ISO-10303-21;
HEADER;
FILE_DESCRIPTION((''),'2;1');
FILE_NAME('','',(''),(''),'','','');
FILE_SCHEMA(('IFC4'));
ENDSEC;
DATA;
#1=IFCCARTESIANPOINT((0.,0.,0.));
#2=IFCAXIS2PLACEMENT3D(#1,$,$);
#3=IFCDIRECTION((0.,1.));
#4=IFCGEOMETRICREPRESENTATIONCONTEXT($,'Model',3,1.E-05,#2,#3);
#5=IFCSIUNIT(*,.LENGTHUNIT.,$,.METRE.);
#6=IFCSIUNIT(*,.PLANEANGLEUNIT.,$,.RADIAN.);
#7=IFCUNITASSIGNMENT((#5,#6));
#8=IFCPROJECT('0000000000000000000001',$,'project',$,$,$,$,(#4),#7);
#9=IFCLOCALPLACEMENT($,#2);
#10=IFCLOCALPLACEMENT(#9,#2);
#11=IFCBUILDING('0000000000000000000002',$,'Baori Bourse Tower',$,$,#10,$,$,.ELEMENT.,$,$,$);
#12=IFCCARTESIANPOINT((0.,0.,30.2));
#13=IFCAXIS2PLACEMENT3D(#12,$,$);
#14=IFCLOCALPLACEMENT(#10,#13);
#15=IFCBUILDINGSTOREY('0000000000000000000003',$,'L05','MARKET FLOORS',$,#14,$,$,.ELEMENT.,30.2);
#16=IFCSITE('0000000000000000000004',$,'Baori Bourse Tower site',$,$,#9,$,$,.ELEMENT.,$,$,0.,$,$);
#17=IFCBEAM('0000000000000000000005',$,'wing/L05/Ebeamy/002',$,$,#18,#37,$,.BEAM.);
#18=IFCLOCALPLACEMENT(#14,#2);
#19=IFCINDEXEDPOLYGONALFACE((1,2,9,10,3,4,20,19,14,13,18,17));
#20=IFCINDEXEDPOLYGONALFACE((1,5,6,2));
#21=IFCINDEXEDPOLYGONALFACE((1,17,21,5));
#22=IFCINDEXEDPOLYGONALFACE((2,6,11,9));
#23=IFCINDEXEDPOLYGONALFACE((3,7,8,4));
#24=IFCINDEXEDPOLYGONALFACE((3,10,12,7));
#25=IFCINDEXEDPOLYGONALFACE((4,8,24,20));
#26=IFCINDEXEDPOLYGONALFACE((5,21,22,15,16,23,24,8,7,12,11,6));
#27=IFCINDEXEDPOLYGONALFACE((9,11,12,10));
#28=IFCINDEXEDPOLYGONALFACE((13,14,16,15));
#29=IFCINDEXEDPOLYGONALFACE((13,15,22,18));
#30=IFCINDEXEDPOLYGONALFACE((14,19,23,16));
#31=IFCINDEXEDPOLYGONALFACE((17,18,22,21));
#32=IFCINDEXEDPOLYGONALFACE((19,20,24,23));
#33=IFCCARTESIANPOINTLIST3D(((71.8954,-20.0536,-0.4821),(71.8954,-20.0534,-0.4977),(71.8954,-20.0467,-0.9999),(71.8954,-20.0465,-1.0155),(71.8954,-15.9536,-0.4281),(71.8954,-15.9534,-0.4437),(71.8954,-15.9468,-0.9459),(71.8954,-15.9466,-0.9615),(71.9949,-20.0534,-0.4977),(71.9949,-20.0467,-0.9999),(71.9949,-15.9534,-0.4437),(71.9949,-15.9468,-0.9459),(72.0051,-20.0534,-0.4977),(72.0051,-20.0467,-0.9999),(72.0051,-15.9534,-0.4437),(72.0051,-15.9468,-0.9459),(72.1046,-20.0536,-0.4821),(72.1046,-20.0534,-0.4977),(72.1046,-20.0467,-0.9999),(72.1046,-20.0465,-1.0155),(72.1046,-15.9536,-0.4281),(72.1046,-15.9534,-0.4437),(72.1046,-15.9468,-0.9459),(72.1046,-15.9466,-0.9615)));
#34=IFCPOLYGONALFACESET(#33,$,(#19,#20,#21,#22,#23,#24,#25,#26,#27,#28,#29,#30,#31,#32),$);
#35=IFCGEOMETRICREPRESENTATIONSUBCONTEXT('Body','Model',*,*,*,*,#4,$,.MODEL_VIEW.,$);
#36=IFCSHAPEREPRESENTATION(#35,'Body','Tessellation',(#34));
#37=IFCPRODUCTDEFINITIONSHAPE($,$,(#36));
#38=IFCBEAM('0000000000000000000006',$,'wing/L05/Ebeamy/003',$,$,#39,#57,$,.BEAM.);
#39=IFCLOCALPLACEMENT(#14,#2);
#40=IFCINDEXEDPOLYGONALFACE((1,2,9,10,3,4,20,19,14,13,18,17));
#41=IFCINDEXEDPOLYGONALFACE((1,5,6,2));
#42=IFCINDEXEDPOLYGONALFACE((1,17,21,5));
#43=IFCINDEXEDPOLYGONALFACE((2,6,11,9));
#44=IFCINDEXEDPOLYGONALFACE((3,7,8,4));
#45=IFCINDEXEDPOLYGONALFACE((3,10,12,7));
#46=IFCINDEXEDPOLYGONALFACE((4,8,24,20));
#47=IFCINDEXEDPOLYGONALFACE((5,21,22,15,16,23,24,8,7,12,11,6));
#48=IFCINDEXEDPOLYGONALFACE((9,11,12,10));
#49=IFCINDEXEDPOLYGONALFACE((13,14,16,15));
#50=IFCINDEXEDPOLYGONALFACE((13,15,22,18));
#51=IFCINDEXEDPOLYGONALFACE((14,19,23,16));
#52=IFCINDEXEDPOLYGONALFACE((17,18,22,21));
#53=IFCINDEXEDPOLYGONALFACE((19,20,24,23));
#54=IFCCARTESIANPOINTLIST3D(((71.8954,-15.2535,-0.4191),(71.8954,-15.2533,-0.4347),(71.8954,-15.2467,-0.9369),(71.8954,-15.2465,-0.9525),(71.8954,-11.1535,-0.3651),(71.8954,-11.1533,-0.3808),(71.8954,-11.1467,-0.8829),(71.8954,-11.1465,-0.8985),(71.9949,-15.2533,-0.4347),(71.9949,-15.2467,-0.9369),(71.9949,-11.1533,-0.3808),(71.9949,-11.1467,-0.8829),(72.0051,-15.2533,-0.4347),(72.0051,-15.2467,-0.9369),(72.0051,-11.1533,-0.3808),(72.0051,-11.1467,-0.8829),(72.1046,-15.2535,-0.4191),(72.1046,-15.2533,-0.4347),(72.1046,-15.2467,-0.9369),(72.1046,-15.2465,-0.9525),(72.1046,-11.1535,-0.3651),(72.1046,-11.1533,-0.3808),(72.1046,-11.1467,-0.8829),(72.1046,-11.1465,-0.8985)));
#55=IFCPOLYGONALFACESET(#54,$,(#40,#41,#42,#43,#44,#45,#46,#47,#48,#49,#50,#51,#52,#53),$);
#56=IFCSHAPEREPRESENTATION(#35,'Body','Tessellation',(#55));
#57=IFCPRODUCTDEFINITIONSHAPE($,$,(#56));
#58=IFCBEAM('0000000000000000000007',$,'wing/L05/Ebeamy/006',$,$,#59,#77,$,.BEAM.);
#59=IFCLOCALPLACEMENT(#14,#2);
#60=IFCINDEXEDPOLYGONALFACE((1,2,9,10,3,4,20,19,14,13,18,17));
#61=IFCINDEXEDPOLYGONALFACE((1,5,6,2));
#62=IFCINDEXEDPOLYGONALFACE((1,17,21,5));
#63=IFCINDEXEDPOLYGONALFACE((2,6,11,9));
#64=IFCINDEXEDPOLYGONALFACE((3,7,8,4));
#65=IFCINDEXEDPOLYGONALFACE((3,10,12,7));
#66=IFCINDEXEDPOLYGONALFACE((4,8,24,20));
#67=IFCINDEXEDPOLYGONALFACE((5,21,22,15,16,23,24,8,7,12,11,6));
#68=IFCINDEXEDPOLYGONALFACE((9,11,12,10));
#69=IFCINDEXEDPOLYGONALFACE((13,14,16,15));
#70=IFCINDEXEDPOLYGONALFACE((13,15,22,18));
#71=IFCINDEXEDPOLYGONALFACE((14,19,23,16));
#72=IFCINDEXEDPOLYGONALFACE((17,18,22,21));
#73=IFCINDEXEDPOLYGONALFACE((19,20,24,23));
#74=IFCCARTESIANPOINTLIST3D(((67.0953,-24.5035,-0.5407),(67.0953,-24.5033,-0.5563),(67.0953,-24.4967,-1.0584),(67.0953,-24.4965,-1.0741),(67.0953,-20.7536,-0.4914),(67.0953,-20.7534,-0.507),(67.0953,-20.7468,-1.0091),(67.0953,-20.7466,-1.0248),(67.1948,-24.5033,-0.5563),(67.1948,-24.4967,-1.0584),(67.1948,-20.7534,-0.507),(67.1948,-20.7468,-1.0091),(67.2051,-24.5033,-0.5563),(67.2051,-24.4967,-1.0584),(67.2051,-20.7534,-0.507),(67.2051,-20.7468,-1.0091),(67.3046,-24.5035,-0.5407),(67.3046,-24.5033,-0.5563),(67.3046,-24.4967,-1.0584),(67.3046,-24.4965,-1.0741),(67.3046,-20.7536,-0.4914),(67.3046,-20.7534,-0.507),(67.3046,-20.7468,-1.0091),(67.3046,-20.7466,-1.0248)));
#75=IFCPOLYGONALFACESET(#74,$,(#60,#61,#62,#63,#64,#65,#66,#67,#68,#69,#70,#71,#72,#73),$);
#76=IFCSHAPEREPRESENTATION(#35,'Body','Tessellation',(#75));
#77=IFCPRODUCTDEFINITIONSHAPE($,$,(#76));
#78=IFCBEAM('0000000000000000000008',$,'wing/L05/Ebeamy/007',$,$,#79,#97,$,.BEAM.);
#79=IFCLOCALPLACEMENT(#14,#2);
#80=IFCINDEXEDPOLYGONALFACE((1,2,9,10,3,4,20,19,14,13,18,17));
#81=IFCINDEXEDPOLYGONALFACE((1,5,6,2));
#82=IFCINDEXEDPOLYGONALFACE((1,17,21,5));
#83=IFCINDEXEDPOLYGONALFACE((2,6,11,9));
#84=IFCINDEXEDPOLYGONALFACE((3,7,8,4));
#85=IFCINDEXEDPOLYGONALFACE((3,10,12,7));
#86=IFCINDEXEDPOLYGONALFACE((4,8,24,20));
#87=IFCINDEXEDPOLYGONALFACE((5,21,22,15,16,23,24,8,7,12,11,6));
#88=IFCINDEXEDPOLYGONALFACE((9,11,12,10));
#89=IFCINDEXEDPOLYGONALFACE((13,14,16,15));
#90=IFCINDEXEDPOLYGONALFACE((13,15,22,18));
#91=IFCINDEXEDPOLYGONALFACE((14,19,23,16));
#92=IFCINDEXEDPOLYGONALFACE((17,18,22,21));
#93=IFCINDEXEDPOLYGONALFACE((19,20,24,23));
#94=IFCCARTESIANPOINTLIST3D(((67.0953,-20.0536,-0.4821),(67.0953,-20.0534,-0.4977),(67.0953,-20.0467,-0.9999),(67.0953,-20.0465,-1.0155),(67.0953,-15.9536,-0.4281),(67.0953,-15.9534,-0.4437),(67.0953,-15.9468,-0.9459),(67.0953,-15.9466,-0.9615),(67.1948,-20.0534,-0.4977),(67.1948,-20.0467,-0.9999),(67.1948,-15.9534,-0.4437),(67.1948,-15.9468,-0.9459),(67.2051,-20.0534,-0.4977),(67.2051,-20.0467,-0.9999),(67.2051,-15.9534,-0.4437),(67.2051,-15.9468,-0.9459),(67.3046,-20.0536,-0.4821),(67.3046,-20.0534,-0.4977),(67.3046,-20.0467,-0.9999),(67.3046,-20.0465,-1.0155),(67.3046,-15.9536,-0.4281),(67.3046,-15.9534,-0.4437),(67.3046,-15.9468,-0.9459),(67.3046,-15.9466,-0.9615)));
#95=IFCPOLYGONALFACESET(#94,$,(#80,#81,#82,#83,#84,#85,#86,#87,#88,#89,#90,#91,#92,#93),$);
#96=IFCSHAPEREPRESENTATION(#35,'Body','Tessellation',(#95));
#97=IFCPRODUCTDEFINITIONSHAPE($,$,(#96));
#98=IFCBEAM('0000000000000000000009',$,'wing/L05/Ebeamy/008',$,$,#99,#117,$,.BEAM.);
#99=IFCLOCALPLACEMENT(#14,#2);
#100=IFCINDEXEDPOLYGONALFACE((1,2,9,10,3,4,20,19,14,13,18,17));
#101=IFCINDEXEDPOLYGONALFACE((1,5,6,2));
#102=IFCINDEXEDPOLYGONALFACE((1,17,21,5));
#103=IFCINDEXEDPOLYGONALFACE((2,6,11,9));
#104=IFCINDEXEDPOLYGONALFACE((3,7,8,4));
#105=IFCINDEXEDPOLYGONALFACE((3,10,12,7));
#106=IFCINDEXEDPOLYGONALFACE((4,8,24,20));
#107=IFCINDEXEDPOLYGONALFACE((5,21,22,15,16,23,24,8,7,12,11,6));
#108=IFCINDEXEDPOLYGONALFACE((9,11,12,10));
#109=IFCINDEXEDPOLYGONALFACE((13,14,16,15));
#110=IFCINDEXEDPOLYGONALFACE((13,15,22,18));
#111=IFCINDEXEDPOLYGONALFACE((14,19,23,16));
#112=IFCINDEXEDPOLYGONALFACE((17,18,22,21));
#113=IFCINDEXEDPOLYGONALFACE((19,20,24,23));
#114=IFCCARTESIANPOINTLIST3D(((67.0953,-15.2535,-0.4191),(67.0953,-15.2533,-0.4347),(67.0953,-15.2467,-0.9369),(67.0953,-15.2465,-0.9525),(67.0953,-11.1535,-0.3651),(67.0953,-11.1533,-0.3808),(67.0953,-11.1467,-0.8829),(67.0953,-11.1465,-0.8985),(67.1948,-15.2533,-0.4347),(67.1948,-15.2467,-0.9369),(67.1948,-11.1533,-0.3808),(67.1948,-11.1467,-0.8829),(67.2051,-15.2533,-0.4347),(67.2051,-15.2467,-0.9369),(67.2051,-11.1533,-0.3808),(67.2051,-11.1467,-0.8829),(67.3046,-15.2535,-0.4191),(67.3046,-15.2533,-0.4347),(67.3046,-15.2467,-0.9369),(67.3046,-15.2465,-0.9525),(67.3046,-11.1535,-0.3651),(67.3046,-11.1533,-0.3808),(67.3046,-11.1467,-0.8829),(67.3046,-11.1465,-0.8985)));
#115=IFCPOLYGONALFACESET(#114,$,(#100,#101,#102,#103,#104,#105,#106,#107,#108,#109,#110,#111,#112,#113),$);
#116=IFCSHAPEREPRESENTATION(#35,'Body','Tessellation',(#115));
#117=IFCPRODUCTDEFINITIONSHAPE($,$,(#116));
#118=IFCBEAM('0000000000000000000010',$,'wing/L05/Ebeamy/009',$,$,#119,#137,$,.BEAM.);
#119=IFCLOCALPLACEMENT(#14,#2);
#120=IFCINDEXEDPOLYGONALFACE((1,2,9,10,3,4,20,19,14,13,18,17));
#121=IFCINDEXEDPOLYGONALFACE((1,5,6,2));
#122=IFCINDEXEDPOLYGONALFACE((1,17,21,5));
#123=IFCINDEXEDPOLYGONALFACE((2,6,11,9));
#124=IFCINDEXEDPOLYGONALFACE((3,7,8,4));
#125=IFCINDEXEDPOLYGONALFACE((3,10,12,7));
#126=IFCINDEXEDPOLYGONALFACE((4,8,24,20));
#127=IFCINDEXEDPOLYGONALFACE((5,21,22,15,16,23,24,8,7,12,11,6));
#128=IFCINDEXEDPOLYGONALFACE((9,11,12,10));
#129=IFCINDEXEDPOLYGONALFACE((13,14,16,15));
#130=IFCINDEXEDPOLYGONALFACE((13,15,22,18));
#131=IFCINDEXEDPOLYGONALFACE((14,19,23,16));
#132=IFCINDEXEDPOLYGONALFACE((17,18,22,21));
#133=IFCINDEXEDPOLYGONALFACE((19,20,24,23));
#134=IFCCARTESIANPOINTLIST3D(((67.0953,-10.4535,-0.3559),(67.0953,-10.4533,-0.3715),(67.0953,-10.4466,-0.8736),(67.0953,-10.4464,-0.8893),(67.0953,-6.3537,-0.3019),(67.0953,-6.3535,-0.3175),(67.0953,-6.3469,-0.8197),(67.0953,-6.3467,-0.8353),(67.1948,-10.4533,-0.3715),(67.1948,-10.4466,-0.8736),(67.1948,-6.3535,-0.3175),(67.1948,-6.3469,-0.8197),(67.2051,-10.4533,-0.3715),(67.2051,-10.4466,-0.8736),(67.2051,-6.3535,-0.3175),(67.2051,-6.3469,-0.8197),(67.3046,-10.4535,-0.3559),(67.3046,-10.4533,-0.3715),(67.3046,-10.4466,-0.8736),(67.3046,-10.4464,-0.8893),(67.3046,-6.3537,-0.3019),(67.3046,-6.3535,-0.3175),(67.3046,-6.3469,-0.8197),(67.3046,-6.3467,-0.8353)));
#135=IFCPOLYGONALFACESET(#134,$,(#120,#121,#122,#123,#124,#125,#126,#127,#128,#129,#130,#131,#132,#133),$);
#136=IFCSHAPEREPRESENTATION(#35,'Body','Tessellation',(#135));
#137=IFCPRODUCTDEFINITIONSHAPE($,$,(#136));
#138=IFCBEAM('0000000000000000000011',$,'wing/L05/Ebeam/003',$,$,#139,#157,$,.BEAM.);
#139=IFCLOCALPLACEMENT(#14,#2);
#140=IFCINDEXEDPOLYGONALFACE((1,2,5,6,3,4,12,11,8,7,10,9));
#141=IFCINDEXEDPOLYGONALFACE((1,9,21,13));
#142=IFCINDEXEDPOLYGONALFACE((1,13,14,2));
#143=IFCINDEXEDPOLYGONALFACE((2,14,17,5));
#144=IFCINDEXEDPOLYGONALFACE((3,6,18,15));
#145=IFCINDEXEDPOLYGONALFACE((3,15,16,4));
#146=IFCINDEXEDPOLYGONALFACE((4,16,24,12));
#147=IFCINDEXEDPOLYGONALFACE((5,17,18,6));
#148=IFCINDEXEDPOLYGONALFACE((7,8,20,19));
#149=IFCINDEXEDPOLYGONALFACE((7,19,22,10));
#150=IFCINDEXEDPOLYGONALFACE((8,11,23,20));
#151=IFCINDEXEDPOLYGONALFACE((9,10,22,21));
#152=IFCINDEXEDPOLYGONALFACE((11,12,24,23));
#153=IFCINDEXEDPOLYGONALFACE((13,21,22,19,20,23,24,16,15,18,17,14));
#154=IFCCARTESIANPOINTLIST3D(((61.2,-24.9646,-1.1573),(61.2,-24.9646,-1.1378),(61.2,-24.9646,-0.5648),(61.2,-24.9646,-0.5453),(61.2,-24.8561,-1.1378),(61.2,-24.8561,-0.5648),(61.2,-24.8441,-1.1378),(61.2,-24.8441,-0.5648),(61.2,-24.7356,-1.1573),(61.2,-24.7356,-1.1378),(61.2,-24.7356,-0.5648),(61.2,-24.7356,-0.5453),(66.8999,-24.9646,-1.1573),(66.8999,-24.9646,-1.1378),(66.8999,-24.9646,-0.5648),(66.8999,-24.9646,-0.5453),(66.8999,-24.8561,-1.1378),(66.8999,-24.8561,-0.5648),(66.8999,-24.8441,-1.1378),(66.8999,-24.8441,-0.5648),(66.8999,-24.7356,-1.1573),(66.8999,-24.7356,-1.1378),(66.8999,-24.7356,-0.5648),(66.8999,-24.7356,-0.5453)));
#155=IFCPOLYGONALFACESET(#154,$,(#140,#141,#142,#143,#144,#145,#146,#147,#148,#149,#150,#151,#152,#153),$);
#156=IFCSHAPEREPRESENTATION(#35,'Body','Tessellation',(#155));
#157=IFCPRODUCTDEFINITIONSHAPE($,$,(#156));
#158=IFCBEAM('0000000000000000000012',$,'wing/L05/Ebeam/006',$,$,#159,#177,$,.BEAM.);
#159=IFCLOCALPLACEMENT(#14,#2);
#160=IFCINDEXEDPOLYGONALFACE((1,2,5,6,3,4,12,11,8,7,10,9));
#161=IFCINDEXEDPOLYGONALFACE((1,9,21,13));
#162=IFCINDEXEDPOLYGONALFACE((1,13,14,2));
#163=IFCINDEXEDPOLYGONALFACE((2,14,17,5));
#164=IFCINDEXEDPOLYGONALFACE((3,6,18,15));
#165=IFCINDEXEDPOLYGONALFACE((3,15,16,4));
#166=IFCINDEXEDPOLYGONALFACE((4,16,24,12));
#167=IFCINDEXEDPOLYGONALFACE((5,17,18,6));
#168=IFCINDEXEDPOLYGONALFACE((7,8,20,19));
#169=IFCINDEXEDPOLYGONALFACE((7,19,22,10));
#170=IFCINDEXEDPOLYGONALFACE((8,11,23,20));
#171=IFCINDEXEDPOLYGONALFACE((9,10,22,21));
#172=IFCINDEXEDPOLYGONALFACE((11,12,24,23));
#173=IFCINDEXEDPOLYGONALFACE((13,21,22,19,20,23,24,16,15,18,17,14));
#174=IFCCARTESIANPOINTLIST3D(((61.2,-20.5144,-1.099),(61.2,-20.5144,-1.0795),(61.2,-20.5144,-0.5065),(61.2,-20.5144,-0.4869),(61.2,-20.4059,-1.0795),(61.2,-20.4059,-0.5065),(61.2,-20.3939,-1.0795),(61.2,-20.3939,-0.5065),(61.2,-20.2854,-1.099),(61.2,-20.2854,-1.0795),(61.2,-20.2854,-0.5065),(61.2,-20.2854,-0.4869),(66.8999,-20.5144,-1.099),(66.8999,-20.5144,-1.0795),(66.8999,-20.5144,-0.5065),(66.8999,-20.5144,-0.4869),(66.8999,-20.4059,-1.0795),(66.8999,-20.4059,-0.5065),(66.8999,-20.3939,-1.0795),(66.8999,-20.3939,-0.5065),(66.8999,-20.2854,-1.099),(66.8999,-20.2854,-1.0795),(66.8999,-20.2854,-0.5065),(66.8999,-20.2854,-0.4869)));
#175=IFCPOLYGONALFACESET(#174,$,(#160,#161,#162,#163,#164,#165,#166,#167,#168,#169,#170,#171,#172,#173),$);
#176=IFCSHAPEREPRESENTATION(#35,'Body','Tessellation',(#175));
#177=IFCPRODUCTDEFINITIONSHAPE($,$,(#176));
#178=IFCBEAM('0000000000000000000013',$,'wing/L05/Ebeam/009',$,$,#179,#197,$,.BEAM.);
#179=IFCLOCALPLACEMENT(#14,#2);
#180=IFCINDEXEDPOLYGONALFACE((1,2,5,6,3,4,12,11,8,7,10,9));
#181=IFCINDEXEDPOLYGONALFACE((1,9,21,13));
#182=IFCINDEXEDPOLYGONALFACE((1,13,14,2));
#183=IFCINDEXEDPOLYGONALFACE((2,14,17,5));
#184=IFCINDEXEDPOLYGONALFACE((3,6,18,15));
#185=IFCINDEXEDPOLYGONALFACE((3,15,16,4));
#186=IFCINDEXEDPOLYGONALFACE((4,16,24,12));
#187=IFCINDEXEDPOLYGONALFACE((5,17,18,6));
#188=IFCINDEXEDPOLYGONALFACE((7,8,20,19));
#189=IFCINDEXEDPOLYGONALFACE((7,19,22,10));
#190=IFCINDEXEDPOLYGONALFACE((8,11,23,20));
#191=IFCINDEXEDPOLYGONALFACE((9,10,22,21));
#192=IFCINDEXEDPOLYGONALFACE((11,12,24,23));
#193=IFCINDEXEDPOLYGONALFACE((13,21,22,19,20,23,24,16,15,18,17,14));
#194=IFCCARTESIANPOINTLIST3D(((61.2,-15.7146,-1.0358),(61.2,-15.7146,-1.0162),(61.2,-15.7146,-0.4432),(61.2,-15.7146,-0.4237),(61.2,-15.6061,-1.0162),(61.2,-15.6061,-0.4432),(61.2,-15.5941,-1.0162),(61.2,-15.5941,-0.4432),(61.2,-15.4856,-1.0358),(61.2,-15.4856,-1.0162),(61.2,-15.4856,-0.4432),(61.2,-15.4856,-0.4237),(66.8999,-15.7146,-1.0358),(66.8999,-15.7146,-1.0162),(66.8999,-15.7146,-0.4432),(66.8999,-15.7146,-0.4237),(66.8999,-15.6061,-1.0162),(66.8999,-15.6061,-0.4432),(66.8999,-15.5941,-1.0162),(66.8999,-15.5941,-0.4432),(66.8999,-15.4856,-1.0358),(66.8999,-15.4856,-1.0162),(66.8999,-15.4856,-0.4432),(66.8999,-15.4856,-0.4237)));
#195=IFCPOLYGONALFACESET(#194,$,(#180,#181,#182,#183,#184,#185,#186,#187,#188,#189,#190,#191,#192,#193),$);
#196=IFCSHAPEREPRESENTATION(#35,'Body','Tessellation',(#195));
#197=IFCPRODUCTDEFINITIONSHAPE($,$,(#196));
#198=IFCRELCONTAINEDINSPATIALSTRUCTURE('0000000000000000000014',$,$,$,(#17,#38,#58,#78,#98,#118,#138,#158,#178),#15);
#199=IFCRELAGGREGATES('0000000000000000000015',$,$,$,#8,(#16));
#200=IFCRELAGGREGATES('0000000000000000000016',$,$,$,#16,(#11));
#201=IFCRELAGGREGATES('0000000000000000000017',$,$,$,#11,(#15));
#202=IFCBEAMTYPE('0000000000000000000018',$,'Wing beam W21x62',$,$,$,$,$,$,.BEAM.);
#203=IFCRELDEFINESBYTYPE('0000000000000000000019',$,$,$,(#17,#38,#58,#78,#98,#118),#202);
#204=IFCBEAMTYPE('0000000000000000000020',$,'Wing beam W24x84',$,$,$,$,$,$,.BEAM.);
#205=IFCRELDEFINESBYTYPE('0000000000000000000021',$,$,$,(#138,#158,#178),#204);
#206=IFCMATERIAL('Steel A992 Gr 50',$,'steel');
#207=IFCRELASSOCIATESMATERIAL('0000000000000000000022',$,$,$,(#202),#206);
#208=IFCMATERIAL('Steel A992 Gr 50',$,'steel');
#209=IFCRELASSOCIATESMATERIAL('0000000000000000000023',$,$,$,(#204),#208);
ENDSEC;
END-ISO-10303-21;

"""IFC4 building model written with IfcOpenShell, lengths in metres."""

from ifc_helpers import new_model, si_unit, direction, frame, origin, origin_2d, place, context, subcontext, project, spatial, i_section, extrude, material, material_profile, profile_set, type_object, element, save


model = new_model("IFC4")

# Units and contexts
model_context = context("Model", 3, precision=1e-05, world=origin(), true_north=direction((0.0, 1.0)))
body_context = subcontext(model_context, "Body", "Model", "MODEL_VIEW")
ifc_project = project(units=[si_unit("LENGTHUNIT", "METRE"), si_unit("PLANEANGLEUNIT", "RADIAN")], contexts=[model_context])

# Site, building, storey
site_placement = place(None, origin())
site = spatial("IfcSite", under=ifc_project, at=site_placement, Name="Baori Bourse Tower site", CompositionType="ELEMENT", RefElevation=0.0)
building_placement = place(site_placement, origin())
building = spatial("IfcBuilding", under=site, at=building_placement, Name="Baori Bourse Tower", CompositionType="ELEMENT")
storey_placement = place(building_placement, frame((0.0, 0.0, 30.2)))
storey = spatial("IfcBuildingStorey", under=building, at=storey_placement, Name="L05", Description="MARKET FLOORS", CompositionType="ELEMENT", Elevation=30.2)

# Beams
ifc_material_1 = material(Name="Steel A992 Gr 50", Category="steel")
ifc_material_profile_1 = material_profile(ifc_material_1, i_section(OverallWidth=0.2092, OverallDepth=0.5334, WebThickness=0.0103, FlangeThickness=0.0156, at=origin_2d()), Name="W21x62")
ifc_profile_set_1 = profile_set([ifc_material_profile_1], Name="Steel A992 Gr 50")
beam_type_1 = type_object("IfcBeamType", Name="Wing beam W21x62", PredefinedType="BEAM", material=ifc_profile_set_1)
for number, where, z_axis, x_axis, name in (
    (1, (72.0, -20.05, -0.7488), (0.0, 0.999913, 0.013158), (-1.0, 0.0, 0.0), "wing/L05/Ebeamy/002"),
    (2, (72.0, -15.25, -0.6858), (0.0, 0.999913, 0.013158), (-1.0, 0.0, 0.0), "wing/L05/Ebeamy/003"),
):
    element("IfcBeam", number, at=place(storey_placement, frame(where, z_axis=z_axis, x_axis=x_axis)), inside=storey, type_object=beam_type_1, Name=name, PredefinedType="BEAM", context=body_context, shape_type="SweptSolid", body=[
        extrude(i_section(OverallWidth=0.2092, OverallDepth=0.5334, WebThickness=0.0103, FlangeThickness=0.0156, at=origin_2d()), origin(), (0.0, 0.0, 1.0), 4.1003),
    ])
beam_1_placement = place(storey_placement, frame((67.2, -24.5, -0.8074), z_axis=(0.0, 0.999914, 0.01315), x_axis=(-1.0, 0.0, 0.0)))
element("IfcBeam", 3, at=beam_1_placement, inside=storey, type_object=beam_type_1, Name="wing/L05/Ebeamy/006", PredefinedType="BEAM", context=body_context, shape_type="SweptSolid", body=[
    extrude(i_section(OverallWidth=0.2092, OverallDepth=0.5334, WebThickness=0.0103, FlangeThickness=0.0156, at=origin_2d()), origin(), (0.0, 0.0, 1.0), 3.7502),
])
for number, where, z_axis, x_axis, name in (
    (4, (67.2, -20.05, -0.7488), (0.0, 0.999913, 0.013158), (-1.0, 0.0, 0.0), "wing/L05/Ebeamy/007"),
    (5, (67.2, -15.25, -0.6858), (0.0, 0.999913, 0.013158), (-1.0, 0.0, 0.0), "wing/L05/Ebeamy/008"),
):
    element("IfcBeam", number, at=place(storey_placement, frame(where, z_axis=z_axis, x_axis=x_axis)), inside=storey, type_object=beam_type_1, Name=name, PredefinedType="BEAM", context=body_context, shape_type="SweptSolid", body=[
        extrude(i_section(OverallWidth=0.2092, OverallDepth=0.5334, WebThickness=0.0103, FlangeThickness=0.0156, at=origin_2d()), origin(), (0.0, 0.0, 1.0), 4.1003),
    ])
beam_2_placement = place(storey_placement, frame((67.2, -10.45, -0.6226), z_axis=(0.0, 0.999913, 0.013159), x_axis=(-1.0, 0.0, 0.0)))
element("IfcBeam", 6, at=beam_2_placement, inside=storey, type_object=beam_type_1, Name="wing/L05/Ebeamy/009", PredefinedType="BEAM", context=body_context, shape_type="SweptSolid", body=[
    extrude(i_section(OverallWidth=0.2092, OverallDepth=0.5334, WebThickness=0.0103, FlangeThickness=0.0156, at=origin_2d()), origin(), (0.0, 0.0, 1.0), 4.1001),
])
ifc_material_2 = material(Name="Steel A992 Gr 50", Category="steel")
ifc_material_profile_2 = material_profile(ifc_material_2, i_section(OverallWidth=0.229, OverallDepth=0.6121, WebThickness=0.012, FlangeThickness=0.0195, at=origin_2d()), Name="W24x84")
ifc_profile_set_2 = profile_set([ifc_material_profile_2], Name="Steel A992 Gr 50")
beam_type_2 = type_object("IfcBeamType", Name="Wing beam W24x84", PredefinedType="BEAM", material=ifc_profile_set_2)
for number, where, z_axis, x_axis, name in (
    (7, (66.8999, -24.8501, -0.8513), (-1.0, 0.0, 0.0), (0.0, -1.0, 0.0), "wing/L05/Ebeam/003"),
    (8, (66.8999, -20.3999, -0.793), (-1.0, 0.0, 0.0), (0.0, -1.0, 0.0), "wing/L05/Ebeam/006"),
    (9, (66.8999, -15.6001, -0.7297), (-1.0, 0.0, 0.0), (0.0, -1.0, 0.0), "wing/L05/Ebeam/009"),
):
    element("IfcBeam", number, at=place(storey_placement, frame(where, z_axis=z_axis, x_axis=x_axis)), inside=storey, type_object=beam_type_2, Name=name, PredefinedType="BEAM", context=body_context, shape_type="SweptSolid", body=[
        extrude(i_section(OverallWidth=0.229, OverallDepth=0.6121, WebThickness=0.012, FlangeThickness=0.0195, at=origin_2d()), origin(), (0.0, 0.0, 1.0), 5.7),
    ])

save(model, "model.ifc")
